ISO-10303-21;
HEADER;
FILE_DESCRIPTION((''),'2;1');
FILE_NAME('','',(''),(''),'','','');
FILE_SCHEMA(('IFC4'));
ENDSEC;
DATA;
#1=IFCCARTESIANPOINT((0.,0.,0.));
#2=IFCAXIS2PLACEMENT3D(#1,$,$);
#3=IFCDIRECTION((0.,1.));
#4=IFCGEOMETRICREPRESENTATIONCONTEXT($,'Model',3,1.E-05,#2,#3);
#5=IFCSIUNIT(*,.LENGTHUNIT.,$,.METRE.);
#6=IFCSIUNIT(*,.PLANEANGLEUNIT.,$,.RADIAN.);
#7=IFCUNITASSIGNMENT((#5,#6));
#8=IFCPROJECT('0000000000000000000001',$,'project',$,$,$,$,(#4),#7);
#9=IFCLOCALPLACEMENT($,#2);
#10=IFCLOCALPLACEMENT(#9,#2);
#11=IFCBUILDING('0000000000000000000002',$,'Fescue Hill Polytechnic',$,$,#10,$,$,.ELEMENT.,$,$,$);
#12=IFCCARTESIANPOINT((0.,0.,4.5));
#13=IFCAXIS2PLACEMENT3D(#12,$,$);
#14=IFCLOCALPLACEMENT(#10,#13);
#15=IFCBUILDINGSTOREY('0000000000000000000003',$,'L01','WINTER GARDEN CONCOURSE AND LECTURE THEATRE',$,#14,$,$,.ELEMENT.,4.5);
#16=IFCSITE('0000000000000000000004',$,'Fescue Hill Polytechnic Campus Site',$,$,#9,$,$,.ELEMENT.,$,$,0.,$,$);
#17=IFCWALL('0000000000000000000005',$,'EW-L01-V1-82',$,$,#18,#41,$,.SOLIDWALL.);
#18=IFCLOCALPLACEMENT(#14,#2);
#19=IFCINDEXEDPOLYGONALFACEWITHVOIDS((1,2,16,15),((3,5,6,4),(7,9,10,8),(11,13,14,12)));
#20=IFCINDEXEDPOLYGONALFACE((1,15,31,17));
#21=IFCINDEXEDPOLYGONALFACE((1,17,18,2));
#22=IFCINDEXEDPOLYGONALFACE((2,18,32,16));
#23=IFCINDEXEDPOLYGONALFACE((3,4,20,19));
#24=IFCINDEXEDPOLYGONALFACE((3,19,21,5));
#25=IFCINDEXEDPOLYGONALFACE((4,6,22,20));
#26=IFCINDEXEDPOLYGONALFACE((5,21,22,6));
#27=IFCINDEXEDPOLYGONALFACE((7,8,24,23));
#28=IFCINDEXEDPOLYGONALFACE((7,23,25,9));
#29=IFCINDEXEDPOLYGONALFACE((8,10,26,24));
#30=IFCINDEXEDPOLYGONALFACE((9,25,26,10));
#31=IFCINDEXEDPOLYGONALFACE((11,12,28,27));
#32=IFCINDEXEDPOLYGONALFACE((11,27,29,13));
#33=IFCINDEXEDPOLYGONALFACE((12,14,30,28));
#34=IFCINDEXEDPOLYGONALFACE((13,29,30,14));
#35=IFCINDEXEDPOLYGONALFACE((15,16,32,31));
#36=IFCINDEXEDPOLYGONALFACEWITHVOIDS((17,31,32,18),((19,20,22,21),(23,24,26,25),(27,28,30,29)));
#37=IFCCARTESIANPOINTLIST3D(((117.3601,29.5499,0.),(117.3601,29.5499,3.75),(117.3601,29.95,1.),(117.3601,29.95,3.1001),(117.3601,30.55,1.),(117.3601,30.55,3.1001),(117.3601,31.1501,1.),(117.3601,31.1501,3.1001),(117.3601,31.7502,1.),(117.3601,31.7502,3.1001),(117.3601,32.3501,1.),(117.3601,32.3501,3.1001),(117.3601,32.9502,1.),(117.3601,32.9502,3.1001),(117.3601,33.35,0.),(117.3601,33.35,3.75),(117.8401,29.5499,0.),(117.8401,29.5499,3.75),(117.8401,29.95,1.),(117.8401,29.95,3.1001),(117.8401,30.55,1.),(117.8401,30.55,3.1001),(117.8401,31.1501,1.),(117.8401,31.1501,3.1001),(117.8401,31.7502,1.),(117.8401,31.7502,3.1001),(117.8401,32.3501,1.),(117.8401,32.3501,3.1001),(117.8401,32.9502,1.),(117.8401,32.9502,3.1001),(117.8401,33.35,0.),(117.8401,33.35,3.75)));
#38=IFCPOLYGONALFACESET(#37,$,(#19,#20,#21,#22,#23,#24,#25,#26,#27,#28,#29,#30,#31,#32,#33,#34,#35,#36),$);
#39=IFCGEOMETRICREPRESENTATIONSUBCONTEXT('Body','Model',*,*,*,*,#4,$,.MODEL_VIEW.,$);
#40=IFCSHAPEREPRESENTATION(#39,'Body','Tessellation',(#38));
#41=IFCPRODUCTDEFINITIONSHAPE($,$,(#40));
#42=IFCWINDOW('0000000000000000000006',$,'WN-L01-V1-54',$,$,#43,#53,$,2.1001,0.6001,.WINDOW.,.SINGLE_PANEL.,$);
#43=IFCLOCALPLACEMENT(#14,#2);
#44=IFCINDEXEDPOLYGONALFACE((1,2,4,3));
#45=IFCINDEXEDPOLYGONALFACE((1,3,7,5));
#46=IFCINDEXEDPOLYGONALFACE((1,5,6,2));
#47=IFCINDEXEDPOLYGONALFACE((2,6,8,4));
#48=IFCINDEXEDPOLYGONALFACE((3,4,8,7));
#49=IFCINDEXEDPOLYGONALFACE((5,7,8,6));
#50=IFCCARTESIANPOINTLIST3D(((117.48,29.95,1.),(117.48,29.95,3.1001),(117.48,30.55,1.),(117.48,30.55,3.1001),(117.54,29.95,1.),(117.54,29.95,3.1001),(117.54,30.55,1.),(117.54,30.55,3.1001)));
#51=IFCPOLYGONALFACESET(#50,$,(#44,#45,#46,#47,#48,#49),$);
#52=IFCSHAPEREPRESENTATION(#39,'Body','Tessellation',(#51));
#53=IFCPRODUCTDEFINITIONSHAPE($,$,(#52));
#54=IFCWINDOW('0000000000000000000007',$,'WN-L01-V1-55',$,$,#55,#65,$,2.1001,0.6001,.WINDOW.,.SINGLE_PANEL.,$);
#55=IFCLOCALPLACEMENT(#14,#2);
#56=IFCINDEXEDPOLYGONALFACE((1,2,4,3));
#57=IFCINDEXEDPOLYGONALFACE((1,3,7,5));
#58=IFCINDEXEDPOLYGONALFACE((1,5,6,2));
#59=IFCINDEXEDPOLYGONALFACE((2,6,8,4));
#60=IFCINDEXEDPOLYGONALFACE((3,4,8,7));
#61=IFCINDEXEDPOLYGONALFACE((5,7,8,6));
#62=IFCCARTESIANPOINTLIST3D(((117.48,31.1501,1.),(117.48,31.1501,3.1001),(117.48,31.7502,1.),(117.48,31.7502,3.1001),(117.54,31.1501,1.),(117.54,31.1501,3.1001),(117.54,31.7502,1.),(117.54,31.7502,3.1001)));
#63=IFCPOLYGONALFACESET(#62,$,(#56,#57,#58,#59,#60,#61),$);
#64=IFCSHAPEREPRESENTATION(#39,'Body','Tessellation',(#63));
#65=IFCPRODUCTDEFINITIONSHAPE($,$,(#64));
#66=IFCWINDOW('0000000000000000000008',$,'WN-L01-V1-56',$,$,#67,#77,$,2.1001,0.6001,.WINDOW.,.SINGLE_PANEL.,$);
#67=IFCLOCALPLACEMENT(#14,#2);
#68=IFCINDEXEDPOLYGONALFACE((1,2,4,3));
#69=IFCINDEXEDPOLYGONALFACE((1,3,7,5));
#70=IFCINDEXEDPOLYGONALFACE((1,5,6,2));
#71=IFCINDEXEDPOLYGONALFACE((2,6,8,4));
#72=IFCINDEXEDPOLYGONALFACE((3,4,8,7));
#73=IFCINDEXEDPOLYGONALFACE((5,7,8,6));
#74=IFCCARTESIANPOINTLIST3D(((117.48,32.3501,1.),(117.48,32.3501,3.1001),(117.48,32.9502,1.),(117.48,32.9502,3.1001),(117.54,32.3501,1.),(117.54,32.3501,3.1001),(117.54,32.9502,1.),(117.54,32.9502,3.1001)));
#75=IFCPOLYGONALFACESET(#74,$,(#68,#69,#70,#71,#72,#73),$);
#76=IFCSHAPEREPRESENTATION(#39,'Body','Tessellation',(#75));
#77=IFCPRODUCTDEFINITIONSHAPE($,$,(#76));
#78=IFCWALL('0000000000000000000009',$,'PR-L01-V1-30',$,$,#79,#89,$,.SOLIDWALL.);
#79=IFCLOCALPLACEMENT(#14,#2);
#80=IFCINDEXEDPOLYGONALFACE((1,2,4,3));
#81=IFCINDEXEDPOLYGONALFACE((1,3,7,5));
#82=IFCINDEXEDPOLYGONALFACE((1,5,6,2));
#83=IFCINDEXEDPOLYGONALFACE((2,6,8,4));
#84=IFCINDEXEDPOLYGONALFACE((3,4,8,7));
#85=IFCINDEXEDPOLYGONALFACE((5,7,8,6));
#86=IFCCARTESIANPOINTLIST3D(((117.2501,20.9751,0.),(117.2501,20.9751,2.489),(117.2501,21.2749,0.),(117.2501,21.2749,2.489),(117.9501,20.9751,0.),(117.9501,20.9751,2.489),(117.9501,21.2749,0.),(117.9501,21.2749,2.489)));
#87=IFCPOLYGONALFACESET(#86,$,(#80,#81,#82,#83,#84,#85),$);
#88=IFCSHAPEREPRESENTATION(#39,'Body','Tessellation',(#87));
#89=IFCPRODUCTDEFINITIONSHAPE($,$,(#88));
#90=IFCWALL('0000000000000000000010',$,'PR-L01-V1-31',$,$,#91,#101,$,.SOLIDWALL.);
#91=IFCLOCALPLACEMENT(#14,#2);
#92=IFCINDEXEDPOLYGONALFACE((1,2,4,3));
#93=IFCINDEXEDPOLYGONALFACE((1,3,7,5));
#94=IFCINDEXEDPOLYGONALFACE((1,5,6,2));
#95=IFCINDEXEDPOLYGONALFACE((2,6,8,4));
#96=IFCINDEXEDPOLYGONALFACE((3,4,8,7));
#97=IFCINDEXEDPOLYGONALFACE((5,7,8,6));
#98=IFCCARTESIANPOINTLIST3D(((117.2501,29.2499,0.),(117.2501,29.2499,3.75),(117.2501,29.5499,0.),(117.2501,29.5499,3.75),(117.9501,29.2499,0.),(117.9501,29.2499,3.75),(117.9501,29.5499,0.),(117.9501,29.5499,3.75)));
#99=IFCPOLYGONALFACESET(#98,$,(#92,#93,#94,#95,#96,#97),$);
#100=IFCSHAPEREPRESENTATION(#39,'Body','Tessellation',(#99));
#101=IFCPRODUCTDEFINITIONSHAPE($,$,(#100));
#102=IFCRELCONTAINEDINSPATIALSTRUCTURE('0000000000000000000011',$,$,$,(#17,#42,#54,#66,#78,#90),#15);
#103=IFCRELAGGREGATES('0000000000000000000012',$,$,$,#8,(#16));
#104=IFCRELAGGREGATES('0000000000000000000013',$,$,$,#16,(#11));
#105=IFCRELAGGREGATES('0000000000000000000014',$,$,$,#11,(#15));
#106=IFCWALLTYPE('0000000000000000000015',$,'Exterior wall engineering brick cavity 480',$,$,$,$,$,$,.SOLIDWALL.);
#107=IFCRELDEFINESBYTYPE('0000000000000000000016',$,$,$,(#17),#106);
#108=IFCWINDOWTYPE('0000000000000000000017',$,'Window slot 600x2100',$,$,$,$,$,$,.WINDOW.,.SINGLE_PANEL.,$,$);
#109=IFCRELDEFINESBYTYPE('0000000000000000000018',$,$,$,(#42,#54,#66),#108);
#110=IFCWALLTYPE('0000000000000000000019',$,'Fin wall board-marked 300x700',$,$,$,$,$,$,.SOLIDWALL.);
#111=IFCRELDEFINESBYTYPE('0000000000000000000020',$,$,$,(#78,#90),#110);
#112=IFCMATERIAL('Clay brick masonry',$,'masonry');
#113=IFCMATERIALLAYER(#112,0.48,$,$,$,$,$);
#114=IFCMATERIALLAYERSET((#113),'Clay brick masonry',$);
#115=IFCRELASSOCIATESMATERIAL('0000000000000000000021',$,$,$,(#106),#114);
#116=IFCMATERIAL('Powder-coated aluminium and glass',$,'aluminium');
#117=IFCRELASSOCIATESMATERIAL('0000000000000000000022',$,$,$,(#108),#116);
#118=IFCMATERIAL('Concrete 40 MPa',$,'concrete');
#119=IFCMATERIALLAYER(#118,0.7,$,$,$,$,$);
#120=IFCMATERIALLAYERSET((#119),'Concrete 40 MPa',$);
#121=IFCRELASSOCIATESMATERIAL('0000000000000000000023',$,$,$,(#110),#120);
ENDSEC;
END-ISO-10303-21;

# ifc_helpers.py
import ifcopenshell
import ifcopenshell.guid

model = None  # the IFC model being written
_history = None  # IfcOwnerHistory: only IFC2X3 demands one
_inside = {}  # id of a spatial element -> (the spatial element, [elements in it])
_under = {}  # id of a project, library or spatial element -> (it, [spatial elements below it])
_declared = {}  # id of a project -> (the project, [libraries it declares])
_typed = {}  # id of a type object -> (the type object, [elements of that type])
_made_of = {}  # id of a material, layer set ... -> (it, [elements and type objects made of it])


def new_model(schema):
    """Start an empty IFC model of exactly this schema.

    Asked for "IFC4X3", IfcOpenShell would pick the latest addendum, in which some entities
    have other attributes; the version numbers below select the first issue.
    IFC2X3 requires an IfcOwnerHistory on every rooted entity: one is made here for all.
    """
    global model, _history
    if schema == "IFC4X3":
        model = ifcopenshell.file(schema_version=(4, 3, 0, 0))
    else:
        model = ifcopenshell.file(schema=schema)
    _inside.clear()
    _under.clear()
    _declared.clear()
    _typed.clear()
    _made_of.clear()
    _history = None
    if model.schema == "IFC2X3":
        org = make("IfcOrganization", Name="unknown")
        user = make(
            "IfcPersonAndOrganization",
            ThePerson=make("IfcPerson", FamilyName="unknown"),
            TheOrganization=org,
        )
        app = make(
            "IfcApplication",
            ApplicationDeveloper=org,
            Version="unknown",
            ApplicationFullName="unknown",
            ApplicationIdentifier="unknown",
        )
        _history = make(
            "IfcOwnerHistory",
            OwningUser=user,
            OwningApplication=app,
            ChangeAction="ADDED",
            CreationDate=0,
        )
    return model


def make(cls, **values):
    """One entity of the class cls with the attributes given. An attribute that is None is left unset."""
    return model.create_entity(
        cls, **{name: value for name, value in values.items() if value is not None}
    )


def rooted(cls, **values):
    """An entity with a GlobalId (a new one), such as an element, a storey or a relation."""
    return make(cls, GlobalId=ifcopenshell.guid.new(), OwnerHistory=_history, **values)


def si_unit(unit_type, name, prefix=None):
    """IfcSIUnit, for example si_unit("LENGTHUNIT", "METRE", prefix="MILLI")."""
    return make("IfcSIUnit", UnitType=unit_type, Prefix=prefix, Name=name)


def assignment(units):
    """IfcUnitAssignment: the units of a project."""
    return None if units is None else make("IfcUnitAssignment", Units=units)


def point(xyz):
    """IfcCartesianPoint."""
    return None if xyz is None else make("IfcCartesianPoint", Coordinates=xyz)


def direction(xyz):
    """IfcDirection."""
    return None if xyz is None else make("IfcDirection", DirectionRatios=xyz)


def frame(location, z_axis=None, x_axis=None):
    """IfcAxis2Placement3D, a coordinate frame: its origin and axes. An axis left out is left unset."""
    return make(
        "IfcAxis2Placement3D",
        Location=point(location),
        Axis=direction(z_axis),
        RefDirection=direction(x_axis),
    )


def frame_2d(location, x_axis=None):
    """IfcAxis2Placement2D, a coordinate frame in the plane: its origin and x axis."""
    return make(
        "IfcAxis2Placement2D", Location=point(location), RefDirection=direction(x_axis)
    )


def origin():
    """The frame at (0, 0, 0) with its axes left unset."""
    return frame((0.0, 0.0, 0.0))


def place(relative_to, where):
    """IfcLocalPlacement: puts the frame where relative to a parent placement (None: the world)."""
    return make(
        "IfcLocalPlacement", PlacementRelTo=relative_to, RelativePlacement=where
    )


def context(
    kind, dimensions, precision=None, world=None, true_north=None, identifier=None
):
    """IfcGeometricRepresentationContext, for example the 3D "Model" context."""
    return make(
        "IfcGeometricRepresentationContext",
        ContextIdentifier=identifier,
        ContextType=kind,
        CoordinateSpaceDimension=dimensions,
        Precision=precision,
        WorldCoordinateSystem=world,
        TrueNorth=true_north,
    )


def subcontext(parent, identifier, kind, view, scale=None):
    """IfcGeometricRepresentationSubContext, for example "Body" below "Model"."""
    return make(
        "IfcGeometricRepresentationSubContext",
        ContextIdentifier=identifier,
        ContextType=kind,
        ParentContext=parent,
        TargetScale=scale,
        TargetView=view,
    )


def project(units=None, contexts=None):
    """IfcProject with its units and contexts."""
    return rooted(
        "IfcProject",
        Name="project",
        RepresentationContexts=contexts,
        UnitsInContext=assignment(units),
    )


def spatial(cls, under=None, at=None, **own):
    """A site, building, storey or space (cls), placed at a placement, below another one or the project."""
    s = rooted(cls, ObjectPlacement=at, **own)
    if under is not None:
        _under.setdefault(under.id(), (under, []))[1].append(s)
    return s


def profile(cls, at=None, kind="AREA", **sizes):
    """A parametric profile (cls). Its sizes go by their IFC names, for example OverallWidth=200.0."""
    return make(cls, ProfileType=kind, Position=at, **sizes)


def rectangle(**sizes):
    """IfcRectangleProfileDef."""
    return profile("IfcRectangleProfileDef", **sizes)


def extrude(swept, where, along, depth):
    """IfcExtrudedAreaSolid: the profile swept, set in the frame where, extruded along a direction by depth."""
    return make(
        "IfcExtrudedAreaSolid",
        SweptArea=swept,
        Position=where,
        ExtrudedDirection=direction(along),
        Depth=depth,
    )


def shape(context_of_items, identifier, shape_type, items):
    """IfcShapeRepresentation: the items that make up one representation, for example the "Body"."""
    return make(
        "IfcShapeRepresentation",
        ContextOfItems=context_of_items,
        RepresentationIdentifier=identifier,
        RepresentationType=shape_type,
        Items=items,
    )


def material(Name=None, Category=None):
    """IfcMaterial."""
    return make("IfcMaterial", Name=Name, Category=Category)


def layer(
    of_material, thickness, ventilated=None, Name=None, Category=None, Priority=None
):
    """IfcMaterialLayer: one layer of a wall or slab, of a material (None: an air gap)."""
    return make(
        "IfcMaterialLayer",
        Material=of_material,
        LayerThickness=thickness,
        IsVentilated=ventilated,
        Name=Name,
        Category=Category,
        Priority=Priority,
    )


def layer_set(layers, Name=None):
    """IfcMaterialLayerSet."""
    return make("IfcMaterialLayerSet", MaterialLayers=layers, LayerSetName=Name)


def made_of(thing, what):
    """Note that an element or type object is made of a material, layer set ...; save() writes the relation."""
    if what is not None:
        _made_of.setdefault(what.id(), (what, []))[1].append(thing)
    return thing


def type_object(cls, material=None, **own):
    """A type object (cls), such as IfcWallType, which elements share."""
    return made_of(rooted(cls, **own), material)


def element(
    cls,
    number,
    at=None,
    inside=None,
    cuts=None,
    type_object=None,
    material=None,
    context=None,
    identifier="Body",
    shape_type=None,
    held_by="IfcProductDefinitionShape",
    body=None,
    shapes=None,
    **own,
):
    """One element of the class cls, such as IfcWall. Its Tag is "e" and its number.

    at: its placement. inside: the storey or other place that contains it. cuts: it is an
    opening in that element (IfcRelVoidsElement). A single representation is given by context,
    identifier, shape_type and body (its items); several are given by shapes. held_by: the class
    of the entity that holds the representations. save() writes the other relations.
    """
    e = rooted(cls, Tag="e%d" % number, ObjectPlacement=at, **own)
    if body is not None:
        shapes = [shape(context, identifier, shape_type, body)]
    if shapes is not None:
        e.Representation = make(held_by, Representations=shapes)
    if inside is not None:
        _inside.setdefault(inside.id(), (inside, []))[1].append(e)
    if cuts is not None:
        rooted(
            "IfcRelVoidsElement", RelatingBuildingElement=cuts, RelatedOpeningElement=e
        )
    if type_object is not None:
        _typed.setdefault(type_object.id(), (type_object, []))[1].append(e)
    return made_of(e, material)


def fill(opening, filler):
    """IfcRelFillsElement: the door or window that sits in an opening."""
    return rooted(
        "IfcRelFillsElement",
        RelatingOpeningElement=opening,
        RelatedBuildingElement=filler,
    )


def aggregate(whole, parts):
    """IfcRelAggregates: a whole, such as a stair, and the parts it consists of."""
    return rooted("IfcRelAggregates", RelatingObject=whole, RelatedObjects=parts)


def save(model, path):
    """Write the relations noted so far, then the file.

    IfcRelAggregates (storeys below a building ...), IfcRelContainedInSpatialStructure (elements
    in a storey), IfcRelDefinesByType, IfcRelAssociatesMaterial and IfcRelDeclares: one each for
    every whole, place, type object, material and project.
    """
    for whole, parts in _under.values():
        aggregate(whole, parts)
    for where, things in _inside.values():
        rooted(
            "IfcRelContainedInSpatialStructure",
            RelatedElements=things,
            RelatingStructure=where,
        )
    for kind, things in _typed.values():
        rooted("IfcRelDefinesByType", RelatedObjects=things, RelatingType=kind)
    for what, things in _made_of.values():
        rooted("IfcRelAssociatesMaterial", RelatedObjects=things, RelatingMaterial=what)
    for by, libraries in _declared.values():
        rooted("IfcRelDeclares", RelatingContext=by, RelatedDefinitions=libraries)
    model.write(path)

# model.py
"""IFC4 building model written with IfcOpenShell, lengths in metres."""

from ifc_helpers import new_model, si_unit, direction, frame, frame_2d, origin, place, context, subcontext, project, spatial, rectangle, extrude, material, layer, layer_set, type_object, element, fill, save


model = new_model("IFC4")

# Units and contexts
model_context = context("Model", 3, precision=1e-05, world=origin(), true_north=direction((0.0, 1.0)))
body_context = subcontext(model_context, "Body", "Model", "MODEL_VIEW")
ifc_project = project(units=[si_unit("LENGTHUNIT", "METRE"), si_unit("PLANEANGLEUNIT", "RADIAN")], contexts=[model_context])

# Site, building, storey
site_placement = place(None, origin())
site = spatial("IfcSite", under=ifc_project, at=site_placement, Name="Fescue Hill Polytechnic Campus Site", CompositionType="ELEMENT", RefElevation=0.0)
building_placement = place(site_placement, origin())
building = spatial("IfcBuilding", under=site, at=building_placement, Name="Fescue Hill Polytechnic", CompositionType="ELEMENT")
storey_placement = place(building_placement, frame((0.0, 0.0, 4.5)))
storey = spatial("IfcBuildingStorey", under=building, at=storey_placement, Name="L01", Description="WINTER GARDEN CONCOURSE AND LECTURE THEATRE", CompositionType="ELEMENT", Elevation=4.5)

# Shared definitions
ifc_material_1 = material(Name="Concrete 40 MPa", Category="concrete")

# Shared definitions
ifc_material_2 = material(Name="Clay brick masonry", Category="masonry")
ifc_layer_1 = layer(ifc_material_2, 0.48)
ifc_layer_set_1 = layer_set([ifc_layer_1], Name="Clay brick masonry")
wall_type_1 = type_object("IfcWallType", Name="Exterior wall engineering brick cavity 480", PredefinedType="SOLIDWALL", material=ifc_layer_set_1)

# Wall, openings, windows
ifc_material_3 = material(Name="Powder-coated aluminium and glass", Category="aluminium")
window_type_1 = type_object("IfcWindowType", Name="Window slot 600x2100", PartitioningType="SINGLE_PANEL", PredefinedType="WINDOW", material=ifc_material_3)
wall_1_placement = place(storey_placement, frame((117.6001, 29.55, 0.0), z_axis=(0.0, 0.0, 1.0), x_axis=(0.0, 1.0, 0.0)))
wall_1 = element("IfcWall", 1, at=wall_1_placement, inside=storey, type_object=wall_type_1, Name="EW-L01-V1-82", PredefinedType="SOLIDWALL", context=body_context, shape_type="SweptSolid", body=[
    extrude(rectangle(XDim=3.8, YDim=0.48, at=frame_2d((1.8999, 0.0))), origin(), (0.0, 0.0, 1.0), 3.75),
])
opening_1_placement = place(wall_1_placement, frame((0.3999, 0.0, 1.0)))
opening_1 = element("IfcOpeningElement", 2, at=opening_1_placement, cuts=wall_1, PredefinedType="OPENING", context=body_context, shape_type="SweptSolid", body=[
    extrude(rectangle(XDim=0.6001, YDim=2.1001, at=frame_2d((0.3, 1.05))), frame((0.0, 0.25, 0.0), z_axis=(0.0, -1.0, 0.0), x_axis=(1.0, 0.0, 0.0)), (0.0, 0.0, 1.0), 0.5),
])
opening_2_placement = place(wall_1_placement, frame((1.6001, 0.0, 1.0)))
opening_2 = element("IfcOpeningElement", 3, at=opening_2_placement, cuts=wall_1, PredefinedType="OPENING", context=body_context, shape_type="SweptSolid", body=[
    extrude(rectangle(XDim=0.6001, YDim=2.1001, at=frame_2d((0.3, 1.05))), frame((0.0, 0.25, 0.0), z_axis=(0.0, -1.0, 0.0), x_axis=(1.0, 0.0, 0.0)), (0.0, 0.0, 1.0), 0.5),
])
opening_3_placement = place(wall_1_placement, frame((2.8, 0.0, 1.0)))
opening_3 = element("IfcOpeningElement", 4, at=opening_3_placement, cuts=wall_1, PredefinedType="OPENING", context=body_context, shape_type="SweptSolid", body=[
    extrude(rectangle(XDim=0.6001, YDim=2.1001, at=frame_2d((0.3, 1.05))), frame((0.0, 0.25, 0.0), z_axis=(0.0, -1.0, 0.0), x_axis=(1.0, 0.0, 0.0)), (0.0, 0.0, 1.0), 0.5),
])
window_1_placement = place(opening_1_placement, origin())
window_1 = element("IfcWindow", 5, at=window_1_placement, inside=storey, type_object=window_type_1, Name="WN-L01-V1-54", OverallHeight=2.1001, OverallWidth=0.6001, PartitioningType="SINGLE_PANEL", PredefinedType="WINDOW", context=body_context, shape_type="SweptSolid", body=[
    extrude(rectangle(XDim=0.6001, YDim=2.1001, at=frame_2d((0.3, 1.05))), frame((0.0, 0.1201, 0.0), z_axis=(0.0, -1.0, 0.0), x_axis=(1.0, 0.0, 0.0)), (0.0, 0.0, 1.0), 0.0601),
])
fill(opening_1, window_1)
window_2_placement = place(opening_2_placement, origin())
window_2 = element("IfcWindow", 6, at=window_2_placement, inside=storey, type_object=window_type_1, Name="WN-L01-V1-55", OverallHeight=2.1001, OverallWidth=0.6001, PartitioningType="SINGLE_PANEL", PredefinedType="WINDOW", context=body_context, shape_type="SweptSolid", body=[
    extrude(rectangle(XDim=0.6001, YDim=2.1001, at=frame_2d((0.3, 1.05))), frame((0.0, 0.1201, 0.0), z_axis=(0.0, -1.0, 0.0), x_axis=(1.0, 0.0, 0.0)), (0.0, 0.0, 1.0), 0.0601),
])
fill(opening_2, window_2)
window_3_placement = place(opening_3_placement, origin())
window_3 = element("IfcWindow", 7, at=window_3_placement, inside=storey, type_object=window_type_1, Name="WN-L01-V1-56", OverallHeight=2.1001, OverallWidth=0.6001, PartitioningType="SINGLE_PANEL", PredefinedType="WINDOW", context=body_context, shape_type="SweptSolid", body=[
    extrude(rectangle(XDim=0.6001, YDim=2.1001, at=frame_2d((0.3, 1.05))), frame((0.0, 0.1201, 0.0), z_axis=(0.0, -1.0, 0.0), x_axis=(1.0, 0.0, 0.0)), (0.0, 0.0, 1.0), 0.0601),
])
fill(opening_3, window_3)

# Walls
ifc_layer_2 = layer(ifc_material_1, 0.7)
ifc_layer_set_2 = layer_set([ifc_layer_2], Name="Concrete 40 MPa")
wall_type_2 = type_object("IfcWallType", Name="Fin wall board-marked 300x700", PredefinedType="SOLIDWALL", material=ifc_layer_set_2)
wall_2_placement = place(storey_placement, frame((117.6001, 20.9751, 0.0), z_axis=(0.0, 0.0, 1.0), x_axis=(0.0, 1.0, 0.0)))
element("IfcWall", 8, at=wall_2_placement, inside=storey, type_object=wall_type_2, Name="PR-L01-V1-30", PredefinedType="SOLIDWALL", context=body_context, shape_type="SweptSolid", body=[
    extrude(rectangle(XDim=0.2998, YDim=0.7, at=frame_2d((0.1499, 0.0))), origin(), (0.0, 0.0, 1.0), 2.489),
])
wall_3_placement = place(storey_placement, frame((117.6001, 29.25, 0.0), z_axis=(0.0, 0.0, 1.0), x_axis=(0.0, 1.0, 0.0)))
element("IfcWall", 9, at=wall_3_placement, inside=storey, type_object=wall_type_2, Name="PR-L01-V1-31", PredefinedType="SOLIDWALL", context=body_context, shape_type="SweptSolid", body=[
    extrude(rectangle(XDim=0.3, YDim=0.7, at=frame_2d((0.1499, 0.0))), origin(), (0.0, 0.0, 1.0), 3.75),
])

save(model, "model.ifc")
